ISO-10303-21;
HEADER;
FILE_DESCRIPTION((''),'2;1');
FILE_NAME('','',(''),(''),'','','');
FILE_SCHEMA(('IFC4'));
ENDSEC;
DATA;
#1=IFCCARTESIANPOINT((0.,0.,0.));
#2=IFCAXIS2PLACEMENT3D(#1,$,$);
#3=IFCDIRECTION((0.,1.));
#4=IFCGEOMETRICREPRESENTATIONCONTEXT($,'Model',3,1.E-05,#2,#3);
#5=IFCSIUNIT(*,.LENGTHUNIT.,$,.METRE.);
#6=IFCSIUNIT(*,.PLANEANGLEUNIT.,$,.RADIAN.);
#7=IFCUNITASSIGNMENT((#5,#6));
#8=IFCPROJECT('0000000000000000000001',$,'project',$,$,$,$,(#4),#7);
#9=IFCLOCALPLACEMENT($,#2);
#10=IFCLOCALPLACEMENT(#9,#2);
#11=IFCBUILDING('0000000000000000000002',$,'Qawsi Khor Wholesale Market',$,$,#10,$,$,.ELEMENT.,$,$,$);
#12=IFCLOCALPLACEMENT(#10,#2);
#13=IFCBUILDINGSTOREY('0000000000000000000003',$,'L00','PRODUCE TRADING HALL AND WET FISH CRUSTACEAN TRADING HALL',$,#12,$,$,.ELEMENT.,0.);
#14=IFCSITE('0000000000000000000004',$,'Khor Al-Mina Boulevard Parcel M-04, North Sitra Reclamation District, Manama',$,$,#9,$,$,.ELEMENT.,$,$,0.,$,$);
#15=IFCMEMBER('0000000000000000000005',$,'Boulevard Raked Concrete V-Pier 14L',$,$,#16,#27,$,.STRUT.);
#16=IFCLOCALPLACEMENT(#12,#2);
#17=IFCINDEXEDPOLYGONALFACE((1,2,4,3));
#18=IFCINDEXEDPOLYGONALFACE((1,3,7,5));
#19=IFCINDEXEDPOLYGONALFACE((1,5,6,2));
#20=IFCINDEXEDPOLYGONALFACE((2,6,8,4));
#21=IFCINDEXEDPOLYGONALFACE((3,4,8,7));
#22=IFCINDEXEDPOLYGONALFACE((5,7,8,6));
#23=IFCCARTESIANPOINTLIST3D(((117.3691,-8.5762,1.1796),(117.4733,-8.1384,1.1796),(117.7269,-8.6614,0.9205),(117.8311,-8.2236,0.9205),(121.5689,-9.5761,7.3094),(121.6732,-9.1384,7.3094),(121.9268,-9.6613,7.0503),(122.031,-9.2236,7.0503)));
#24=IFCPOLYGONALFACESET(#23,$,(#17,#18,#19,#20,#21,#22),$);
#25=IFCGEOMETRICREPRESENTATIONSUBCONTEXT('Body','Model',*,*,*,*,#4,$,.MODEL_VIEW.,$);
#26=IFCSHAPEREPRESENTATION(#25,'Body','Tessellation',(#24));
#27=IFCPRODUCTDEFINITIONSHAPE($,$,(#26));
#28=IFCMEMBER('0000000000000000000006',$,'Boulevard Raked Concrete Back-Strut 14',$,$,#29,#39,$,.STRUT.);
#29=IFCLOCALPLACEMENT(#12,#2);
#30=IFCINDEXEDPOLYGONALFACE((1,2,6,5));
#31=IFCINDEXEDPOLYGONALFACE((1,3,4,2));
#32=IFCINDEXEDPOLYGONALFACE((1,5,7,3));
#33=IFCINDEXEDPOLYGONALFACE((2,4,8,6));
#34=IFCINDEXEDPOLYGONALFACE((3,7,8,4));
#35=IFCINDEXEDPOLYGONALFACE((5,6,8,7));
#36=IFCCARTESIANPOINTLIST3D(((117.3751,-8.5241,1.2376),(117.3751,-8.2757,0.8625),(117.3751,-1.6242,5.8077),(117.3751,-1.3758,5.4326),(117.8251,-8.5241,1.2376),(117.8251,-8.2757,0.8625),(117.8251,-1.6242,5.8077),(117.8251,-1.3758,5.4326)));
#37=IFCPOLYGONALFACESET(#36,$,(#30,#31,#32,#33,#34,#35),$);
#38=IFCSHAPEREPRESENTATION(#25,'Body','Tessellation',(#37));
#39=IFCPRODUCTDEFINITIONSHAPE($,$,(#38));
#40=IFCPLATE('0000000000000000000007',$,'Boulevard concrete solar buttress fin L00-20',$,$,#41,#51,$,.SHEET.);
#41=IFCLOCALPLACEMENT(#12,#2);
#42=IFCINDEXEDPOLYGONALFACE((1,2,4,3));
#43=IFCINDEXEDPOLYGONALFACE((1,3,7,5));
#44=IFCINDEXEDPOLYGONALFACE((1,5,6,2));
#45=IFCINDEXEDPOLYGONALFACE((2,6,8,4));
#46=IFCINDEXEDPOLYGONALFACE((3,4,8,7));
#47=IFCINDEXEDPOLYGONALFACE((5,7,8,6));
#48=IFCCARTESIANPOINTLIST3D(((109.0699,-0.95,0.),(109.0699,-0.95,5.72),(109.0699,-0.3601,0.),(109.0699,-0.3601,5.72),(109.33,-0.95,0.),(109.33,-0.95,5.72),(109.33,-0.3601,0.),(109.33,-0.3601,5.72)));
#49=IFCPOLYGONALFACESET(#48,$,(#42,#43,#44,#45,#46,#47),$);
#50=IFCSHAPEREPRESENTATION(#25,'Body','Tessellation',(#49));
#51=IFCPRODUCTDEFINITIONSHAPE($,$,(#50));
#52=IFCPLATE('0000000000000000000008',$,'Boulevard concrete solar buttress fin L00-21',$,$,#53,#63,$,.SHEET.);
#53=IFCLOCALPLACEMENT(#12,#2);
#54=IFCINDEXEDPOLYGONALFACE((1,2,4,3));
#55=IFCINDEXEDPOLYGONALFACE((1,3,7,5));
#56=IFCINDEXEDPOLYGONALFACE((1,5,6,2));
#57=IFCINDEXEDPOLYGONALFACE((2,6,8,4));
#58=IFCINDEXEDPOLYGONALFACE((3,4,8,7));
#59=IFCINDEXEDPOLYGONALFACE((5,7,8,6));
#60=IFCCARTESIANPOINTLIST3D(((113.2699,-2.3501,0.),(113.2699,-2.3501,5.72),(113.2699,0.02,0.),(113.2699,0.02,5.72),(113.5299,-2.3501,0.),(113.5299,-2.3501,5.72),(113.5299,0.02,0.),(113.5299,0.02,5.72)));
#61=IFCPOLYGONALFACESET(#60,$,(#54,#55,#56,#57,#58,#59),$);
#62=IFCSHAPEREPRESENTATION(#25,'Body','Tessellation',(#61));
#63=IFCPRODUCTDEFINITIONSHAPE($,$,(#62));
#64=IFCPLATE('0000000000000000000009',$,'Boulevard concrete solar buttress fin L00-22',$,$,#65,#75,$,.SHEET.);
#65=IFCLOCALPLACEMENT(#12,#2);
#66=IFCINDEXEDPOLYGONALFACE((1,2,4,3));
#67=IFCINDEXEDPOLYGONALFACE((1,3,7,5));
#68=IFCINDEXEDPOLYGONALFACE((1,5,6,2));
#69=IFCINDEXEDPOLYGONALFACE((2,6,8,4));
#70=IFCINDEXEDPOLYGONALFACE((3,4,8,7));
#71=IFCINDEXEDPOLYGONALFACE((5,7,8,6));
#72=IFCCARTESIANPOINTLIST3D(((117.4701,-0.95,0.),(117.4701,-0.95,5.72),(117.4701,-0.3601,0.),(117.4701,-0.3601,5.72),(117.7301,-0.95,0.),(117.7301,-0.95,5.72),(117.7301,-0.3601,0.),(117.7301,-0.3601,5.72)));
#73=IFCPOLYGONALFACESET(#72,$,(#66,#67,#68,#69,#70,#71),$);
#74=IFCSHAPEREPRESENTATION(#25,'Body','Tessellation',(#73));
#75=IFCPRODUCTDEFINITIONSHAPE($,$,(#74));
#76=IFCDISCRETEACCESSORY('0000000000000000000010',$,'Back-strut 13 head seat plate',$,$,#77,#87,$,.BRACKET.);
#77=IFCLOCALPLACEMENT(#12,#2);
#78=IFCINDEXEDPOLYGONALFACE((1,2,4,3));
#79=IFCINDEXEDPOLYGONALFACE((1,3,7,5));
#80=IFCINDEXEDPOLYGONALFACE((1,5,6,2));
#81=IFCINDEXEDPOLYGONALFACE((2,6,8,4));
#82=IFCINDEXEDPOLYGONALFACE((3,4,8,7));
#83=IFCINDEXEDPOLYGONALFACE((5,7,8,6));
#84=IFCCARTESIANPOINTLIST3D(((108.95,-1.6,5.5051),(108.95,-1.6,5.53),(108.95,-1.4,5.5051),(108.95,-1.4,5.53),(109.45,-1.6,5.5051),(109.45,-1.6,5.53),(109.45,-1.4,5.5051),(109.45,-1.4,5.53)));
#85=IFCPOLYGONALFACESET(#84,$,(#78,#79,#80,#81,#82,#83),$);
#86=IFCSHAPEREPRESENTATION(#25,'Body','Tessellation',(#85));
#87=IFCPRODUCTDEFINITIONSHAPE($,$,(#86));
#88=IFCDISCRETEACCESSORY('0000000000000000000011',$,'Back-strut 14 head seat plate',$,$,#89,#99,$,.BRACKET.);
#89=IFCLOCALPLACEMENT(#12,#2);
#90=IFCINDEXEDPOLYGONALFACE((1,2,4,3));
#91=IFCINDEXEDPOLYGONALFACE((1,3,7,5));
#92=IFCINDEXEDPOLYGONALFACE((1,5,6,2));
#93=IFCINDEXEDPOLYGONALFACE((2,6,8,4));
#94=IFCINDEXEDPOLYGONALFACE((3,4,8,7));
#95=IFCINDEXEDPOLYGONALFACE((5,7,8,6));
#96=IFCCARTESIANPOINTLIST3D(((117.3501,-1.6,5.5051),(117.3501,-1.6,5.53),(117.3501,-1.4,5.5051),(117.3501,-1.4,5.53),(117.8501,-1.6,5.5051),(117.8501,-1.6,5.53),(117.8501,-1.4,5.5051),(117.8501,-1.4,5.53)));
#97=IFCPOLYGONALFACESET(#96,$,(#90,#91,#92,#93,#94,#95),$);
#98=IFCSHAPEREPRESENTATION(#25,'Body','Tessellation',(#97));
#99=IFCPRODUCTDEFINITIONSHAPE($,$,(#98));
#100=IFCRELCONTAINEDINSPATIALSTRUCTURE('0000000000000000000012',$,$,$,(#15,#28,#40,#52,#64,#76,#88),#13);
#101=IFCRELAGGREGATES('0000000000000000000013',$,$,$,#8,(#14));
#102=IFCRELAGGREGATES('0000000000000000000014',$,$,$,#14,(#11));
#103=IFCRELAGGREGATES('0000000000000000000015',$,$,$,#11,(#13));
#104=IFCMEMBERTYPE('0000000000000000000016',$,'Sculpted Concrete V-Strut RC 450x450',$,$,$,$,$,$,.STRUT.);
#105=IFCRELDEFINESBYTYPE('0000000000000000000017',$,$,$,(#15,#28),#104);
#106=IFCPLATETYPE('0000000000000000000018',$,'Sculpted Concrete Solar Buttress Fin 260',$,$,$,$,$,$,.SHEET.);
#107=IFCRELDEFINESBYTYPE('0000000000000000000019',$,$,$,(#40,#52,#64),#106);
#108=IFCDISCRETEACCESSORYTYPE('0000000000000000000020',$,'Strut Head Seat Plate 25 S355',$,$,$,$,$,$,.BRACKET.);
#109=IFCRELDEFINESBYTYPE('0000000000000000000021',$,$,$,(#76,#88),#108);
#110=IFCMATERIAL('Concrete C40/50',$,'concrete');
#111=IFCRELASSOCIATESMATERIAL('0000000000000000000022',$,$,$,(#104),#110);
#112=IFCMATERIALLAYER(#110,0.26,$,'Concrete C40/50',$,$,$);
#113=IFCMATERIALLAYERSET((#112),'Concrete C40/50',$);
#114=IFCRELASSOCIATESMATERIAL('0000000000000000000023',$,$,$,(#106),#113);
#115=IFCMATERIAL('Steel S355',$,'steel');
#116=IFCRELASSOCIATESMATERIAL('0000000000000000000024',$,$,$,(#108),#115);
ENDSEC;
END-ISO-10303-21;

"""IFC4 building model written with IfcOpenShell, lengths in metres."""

from ifc_helpers import new_model, si_unit, direction, frame, frame_2d, origin, origin_2d, place, context, subcontext, project, spatial, rectangle, extrude, material, layer, layer_set, material_profile, profile_set, type_object, element, save


model = new_model("IFC4")

# Units and contexts
model_context = context("Model", 3, precision=1e-05, world=origin(), true_north=direction((0.0, 1.0)))
body_context = subcontext(model_context, "Body", "Model", "MODEL_VIEW")
ifc_project = project(units=[si_unit("LENGTHUNIT", "METRE"), si_unit("PLANEANGLEUNIT", "RADIAN")], contexts=[model_context])

# Site, building, storey
site_placement = place(None, origin())
site = spatial("IfcSite", under=ifc_project, at=site_placement, Name="Khor Al-Mina Boulevard Parcel M-04, North Sitra Reclamation District, Manama", CompositionType="ELEMENT", RefElevation=0.0)
building_placement = place(site_placement, origin())
building = spatial("IfcBuilding", under=site, at=building_placement, Name="Qawsi Khor Wholesale Market", CompositionType="ELEMENT")
storey_placement = place(building_placement, origin())
storey = spatial("IfcBuildingStorey", under=building, at=storey_placement, Name="L00", Description="PRODUCE TRADING HALL AND WET FISH CRUSTACEAN TRADING HALL", CompositionType="ELEMENT", Elevation=0.0)

# Shared definitions
ifc_material_1 = material(Name="Concrete C40/50", Category="concrete")

# Members
ifc_material_profile_1 = material_profile(ifc_material_1, rectangle(XDim=0.45, YDim=0.45, at=origin_2d()), Name="RC 450x450")
ifc_profile_set_1 = profile_set([ifc_material_profile_1], Name="Concrete C40/50")
member_type_1 = type_object("IfcMemberType", Name="Sculpted Concrete V-Strut RC 450x450", PredefinedType="STRUT", material=ifc_profile_set_1)
member_1_placement = place(storey_placement, frame((117.6001, -8.3999, 1.05), z_axis=(0.560168, -0.133375, 0.817572), x_axis=(0.231623, 0.972806, 0.0)))
element("IfcMember", 1, at=member_1_placement, inside=storey, type_object=member_type_1, Name="Boulevard Raked Concrete V-Pier 14L", PredefinedType="STRUT", context=body_context, shape_type="SweptSolid", body=[
    extrude(rectangle(XDim=0.45, YDim=0.45, at=origin_2d()), origin(), (0.0, 0.0, 1.0), 7.4976),
])
member_2_placement = place(storey_placement, frame((117.6001, -8.3999, 1.05), z_axis=(0.0, 0.833712, 0.552199), x_axis=(-1.0, 0.0, 0.0)))
element("IfcMember", 2, at=member_2_placement, inside=storey, type_object=member_type_1, Name="Boulevard Raked Concrete Back-Strut 14", PredefinedType="STRUT", context=body_context, shape_type="SweptSolid", body=[
    extrude(rectangle(XDim=0.45, YDim=0.45, at=origin_2d()), origin(), (0.0, 0.0, 1.0), 8.2761),
])

# Plates
ifc_layer_1 = layer(ifc_material_1, 0.26, Name="Concrete C40/50")
ifc_layer_set_1 = layer_set([ifc_layer_1], Name="Concrete C40/50")
plate_type = type_object("IfcPlateType", Name="Sculpted Concrete Solar Buttress Fin 260", PredefinedType="SHEET", material=ifc_layer_set_1)
plate_1_placement = place(storey_placement, frame((109.2, -0.95, 0.0), z_axis=(0.0, 0.0, 1.0), x_axis=(0.0, 1.0, 0.0)))
element("IfcPlate", 3, at=plate_1_placement, inside=storey, type_object=plate_type, Name="Boulevard concrete solar buttress fin L00-20", PredefinedType="SHEET", context=body_context, shape_type="SweptSolid", body=[
    extrude(rectangle(XDim=0.5898, YDim=0.26, at=frame_2d((0.2949, 0.0))), origin(), (0.0, 0.0, 1.0), 5.72),
])
plate_2_placement = place(storey_placement, frame((113.3999, -2.3501, 0.0), z_axis=(0.0, 0.0, 1.0), x_axis=(0.0, 1.0, 0.0)))
element("IfcPlate", 4, at=plate_2_placement, inside=storey, type_object=plate_type, Name="Boulevard concrete solar buttress fin L00-21", PredefinedType="SHEET", context=body_context, shape_type="SweptSolid", body=[
    extrude(rectangle(XDim=2.3701, YDim=0.26, at=frame_2d((1.1851, 0.0))), origin(), (0.0, 0.0, 1.0), 5.72),
])
plate_3_placement = place(storey_placement, frame((117.6001, -0.95, 0.0), z_axis=(0.0, 0.0, 1.0), x_axis=(0.0, 1.0, 0.0)))
element("IfcPlate", 5, at=plate_3_placement, inside=storey, type_object=plate_type, Name="Boulevard concrete solar buttress fin L00-22", PredefinedType="SHEET", context=body_context, shape_type="SweptSolid", body=[
    extrude(rectangle(XDim=0.5898, YDim=0.26, at=frame_2d((0.2949, 0.0))), origin(), (0.0, 0.0, 1.0), 5.72),
])

# Discrete accessories
ifc_material_2 = material(Name="Steel S355", Category="steel")
discrete_accessory_type = type_object("IfcDiscreteAccessoryType", Name="Strut Head Seat Plate 25 S355", PredefinedType="BRACKET", material=ifc_material_2)
for number, where, z_axis, x_axis, name in (
    (6, (109.2, -1.5, 5.5051), (0.0, 0.0, 1.0), (1.0, 0.0, 0.0), "Back-strut 13 head seat plate"),
    (7, (117.6001, -1.5, 5.5051), (0.0, 0.0, 1.0), (1.0, 0.0, 0.0), "Back-strut 14 head seat plate"),
):
    element("IfcDiscreteAccessory", number, at=place(storey_placement, frame(where, z_axis=z_axis, x_axis=x_axis)), inside=storey, type_object=discrete_accessory_type, Name=name, PredefinedType="BRACKET", context=body_context, shape_type="SweptSolid", body=[
        extrude(rectangle(XDim=0.5, YDim=0.2, at=origin_2d()), origin(), (0.0, 0.0, 1.0), 0.0249),
    ])

save(model, "model.ifc")
